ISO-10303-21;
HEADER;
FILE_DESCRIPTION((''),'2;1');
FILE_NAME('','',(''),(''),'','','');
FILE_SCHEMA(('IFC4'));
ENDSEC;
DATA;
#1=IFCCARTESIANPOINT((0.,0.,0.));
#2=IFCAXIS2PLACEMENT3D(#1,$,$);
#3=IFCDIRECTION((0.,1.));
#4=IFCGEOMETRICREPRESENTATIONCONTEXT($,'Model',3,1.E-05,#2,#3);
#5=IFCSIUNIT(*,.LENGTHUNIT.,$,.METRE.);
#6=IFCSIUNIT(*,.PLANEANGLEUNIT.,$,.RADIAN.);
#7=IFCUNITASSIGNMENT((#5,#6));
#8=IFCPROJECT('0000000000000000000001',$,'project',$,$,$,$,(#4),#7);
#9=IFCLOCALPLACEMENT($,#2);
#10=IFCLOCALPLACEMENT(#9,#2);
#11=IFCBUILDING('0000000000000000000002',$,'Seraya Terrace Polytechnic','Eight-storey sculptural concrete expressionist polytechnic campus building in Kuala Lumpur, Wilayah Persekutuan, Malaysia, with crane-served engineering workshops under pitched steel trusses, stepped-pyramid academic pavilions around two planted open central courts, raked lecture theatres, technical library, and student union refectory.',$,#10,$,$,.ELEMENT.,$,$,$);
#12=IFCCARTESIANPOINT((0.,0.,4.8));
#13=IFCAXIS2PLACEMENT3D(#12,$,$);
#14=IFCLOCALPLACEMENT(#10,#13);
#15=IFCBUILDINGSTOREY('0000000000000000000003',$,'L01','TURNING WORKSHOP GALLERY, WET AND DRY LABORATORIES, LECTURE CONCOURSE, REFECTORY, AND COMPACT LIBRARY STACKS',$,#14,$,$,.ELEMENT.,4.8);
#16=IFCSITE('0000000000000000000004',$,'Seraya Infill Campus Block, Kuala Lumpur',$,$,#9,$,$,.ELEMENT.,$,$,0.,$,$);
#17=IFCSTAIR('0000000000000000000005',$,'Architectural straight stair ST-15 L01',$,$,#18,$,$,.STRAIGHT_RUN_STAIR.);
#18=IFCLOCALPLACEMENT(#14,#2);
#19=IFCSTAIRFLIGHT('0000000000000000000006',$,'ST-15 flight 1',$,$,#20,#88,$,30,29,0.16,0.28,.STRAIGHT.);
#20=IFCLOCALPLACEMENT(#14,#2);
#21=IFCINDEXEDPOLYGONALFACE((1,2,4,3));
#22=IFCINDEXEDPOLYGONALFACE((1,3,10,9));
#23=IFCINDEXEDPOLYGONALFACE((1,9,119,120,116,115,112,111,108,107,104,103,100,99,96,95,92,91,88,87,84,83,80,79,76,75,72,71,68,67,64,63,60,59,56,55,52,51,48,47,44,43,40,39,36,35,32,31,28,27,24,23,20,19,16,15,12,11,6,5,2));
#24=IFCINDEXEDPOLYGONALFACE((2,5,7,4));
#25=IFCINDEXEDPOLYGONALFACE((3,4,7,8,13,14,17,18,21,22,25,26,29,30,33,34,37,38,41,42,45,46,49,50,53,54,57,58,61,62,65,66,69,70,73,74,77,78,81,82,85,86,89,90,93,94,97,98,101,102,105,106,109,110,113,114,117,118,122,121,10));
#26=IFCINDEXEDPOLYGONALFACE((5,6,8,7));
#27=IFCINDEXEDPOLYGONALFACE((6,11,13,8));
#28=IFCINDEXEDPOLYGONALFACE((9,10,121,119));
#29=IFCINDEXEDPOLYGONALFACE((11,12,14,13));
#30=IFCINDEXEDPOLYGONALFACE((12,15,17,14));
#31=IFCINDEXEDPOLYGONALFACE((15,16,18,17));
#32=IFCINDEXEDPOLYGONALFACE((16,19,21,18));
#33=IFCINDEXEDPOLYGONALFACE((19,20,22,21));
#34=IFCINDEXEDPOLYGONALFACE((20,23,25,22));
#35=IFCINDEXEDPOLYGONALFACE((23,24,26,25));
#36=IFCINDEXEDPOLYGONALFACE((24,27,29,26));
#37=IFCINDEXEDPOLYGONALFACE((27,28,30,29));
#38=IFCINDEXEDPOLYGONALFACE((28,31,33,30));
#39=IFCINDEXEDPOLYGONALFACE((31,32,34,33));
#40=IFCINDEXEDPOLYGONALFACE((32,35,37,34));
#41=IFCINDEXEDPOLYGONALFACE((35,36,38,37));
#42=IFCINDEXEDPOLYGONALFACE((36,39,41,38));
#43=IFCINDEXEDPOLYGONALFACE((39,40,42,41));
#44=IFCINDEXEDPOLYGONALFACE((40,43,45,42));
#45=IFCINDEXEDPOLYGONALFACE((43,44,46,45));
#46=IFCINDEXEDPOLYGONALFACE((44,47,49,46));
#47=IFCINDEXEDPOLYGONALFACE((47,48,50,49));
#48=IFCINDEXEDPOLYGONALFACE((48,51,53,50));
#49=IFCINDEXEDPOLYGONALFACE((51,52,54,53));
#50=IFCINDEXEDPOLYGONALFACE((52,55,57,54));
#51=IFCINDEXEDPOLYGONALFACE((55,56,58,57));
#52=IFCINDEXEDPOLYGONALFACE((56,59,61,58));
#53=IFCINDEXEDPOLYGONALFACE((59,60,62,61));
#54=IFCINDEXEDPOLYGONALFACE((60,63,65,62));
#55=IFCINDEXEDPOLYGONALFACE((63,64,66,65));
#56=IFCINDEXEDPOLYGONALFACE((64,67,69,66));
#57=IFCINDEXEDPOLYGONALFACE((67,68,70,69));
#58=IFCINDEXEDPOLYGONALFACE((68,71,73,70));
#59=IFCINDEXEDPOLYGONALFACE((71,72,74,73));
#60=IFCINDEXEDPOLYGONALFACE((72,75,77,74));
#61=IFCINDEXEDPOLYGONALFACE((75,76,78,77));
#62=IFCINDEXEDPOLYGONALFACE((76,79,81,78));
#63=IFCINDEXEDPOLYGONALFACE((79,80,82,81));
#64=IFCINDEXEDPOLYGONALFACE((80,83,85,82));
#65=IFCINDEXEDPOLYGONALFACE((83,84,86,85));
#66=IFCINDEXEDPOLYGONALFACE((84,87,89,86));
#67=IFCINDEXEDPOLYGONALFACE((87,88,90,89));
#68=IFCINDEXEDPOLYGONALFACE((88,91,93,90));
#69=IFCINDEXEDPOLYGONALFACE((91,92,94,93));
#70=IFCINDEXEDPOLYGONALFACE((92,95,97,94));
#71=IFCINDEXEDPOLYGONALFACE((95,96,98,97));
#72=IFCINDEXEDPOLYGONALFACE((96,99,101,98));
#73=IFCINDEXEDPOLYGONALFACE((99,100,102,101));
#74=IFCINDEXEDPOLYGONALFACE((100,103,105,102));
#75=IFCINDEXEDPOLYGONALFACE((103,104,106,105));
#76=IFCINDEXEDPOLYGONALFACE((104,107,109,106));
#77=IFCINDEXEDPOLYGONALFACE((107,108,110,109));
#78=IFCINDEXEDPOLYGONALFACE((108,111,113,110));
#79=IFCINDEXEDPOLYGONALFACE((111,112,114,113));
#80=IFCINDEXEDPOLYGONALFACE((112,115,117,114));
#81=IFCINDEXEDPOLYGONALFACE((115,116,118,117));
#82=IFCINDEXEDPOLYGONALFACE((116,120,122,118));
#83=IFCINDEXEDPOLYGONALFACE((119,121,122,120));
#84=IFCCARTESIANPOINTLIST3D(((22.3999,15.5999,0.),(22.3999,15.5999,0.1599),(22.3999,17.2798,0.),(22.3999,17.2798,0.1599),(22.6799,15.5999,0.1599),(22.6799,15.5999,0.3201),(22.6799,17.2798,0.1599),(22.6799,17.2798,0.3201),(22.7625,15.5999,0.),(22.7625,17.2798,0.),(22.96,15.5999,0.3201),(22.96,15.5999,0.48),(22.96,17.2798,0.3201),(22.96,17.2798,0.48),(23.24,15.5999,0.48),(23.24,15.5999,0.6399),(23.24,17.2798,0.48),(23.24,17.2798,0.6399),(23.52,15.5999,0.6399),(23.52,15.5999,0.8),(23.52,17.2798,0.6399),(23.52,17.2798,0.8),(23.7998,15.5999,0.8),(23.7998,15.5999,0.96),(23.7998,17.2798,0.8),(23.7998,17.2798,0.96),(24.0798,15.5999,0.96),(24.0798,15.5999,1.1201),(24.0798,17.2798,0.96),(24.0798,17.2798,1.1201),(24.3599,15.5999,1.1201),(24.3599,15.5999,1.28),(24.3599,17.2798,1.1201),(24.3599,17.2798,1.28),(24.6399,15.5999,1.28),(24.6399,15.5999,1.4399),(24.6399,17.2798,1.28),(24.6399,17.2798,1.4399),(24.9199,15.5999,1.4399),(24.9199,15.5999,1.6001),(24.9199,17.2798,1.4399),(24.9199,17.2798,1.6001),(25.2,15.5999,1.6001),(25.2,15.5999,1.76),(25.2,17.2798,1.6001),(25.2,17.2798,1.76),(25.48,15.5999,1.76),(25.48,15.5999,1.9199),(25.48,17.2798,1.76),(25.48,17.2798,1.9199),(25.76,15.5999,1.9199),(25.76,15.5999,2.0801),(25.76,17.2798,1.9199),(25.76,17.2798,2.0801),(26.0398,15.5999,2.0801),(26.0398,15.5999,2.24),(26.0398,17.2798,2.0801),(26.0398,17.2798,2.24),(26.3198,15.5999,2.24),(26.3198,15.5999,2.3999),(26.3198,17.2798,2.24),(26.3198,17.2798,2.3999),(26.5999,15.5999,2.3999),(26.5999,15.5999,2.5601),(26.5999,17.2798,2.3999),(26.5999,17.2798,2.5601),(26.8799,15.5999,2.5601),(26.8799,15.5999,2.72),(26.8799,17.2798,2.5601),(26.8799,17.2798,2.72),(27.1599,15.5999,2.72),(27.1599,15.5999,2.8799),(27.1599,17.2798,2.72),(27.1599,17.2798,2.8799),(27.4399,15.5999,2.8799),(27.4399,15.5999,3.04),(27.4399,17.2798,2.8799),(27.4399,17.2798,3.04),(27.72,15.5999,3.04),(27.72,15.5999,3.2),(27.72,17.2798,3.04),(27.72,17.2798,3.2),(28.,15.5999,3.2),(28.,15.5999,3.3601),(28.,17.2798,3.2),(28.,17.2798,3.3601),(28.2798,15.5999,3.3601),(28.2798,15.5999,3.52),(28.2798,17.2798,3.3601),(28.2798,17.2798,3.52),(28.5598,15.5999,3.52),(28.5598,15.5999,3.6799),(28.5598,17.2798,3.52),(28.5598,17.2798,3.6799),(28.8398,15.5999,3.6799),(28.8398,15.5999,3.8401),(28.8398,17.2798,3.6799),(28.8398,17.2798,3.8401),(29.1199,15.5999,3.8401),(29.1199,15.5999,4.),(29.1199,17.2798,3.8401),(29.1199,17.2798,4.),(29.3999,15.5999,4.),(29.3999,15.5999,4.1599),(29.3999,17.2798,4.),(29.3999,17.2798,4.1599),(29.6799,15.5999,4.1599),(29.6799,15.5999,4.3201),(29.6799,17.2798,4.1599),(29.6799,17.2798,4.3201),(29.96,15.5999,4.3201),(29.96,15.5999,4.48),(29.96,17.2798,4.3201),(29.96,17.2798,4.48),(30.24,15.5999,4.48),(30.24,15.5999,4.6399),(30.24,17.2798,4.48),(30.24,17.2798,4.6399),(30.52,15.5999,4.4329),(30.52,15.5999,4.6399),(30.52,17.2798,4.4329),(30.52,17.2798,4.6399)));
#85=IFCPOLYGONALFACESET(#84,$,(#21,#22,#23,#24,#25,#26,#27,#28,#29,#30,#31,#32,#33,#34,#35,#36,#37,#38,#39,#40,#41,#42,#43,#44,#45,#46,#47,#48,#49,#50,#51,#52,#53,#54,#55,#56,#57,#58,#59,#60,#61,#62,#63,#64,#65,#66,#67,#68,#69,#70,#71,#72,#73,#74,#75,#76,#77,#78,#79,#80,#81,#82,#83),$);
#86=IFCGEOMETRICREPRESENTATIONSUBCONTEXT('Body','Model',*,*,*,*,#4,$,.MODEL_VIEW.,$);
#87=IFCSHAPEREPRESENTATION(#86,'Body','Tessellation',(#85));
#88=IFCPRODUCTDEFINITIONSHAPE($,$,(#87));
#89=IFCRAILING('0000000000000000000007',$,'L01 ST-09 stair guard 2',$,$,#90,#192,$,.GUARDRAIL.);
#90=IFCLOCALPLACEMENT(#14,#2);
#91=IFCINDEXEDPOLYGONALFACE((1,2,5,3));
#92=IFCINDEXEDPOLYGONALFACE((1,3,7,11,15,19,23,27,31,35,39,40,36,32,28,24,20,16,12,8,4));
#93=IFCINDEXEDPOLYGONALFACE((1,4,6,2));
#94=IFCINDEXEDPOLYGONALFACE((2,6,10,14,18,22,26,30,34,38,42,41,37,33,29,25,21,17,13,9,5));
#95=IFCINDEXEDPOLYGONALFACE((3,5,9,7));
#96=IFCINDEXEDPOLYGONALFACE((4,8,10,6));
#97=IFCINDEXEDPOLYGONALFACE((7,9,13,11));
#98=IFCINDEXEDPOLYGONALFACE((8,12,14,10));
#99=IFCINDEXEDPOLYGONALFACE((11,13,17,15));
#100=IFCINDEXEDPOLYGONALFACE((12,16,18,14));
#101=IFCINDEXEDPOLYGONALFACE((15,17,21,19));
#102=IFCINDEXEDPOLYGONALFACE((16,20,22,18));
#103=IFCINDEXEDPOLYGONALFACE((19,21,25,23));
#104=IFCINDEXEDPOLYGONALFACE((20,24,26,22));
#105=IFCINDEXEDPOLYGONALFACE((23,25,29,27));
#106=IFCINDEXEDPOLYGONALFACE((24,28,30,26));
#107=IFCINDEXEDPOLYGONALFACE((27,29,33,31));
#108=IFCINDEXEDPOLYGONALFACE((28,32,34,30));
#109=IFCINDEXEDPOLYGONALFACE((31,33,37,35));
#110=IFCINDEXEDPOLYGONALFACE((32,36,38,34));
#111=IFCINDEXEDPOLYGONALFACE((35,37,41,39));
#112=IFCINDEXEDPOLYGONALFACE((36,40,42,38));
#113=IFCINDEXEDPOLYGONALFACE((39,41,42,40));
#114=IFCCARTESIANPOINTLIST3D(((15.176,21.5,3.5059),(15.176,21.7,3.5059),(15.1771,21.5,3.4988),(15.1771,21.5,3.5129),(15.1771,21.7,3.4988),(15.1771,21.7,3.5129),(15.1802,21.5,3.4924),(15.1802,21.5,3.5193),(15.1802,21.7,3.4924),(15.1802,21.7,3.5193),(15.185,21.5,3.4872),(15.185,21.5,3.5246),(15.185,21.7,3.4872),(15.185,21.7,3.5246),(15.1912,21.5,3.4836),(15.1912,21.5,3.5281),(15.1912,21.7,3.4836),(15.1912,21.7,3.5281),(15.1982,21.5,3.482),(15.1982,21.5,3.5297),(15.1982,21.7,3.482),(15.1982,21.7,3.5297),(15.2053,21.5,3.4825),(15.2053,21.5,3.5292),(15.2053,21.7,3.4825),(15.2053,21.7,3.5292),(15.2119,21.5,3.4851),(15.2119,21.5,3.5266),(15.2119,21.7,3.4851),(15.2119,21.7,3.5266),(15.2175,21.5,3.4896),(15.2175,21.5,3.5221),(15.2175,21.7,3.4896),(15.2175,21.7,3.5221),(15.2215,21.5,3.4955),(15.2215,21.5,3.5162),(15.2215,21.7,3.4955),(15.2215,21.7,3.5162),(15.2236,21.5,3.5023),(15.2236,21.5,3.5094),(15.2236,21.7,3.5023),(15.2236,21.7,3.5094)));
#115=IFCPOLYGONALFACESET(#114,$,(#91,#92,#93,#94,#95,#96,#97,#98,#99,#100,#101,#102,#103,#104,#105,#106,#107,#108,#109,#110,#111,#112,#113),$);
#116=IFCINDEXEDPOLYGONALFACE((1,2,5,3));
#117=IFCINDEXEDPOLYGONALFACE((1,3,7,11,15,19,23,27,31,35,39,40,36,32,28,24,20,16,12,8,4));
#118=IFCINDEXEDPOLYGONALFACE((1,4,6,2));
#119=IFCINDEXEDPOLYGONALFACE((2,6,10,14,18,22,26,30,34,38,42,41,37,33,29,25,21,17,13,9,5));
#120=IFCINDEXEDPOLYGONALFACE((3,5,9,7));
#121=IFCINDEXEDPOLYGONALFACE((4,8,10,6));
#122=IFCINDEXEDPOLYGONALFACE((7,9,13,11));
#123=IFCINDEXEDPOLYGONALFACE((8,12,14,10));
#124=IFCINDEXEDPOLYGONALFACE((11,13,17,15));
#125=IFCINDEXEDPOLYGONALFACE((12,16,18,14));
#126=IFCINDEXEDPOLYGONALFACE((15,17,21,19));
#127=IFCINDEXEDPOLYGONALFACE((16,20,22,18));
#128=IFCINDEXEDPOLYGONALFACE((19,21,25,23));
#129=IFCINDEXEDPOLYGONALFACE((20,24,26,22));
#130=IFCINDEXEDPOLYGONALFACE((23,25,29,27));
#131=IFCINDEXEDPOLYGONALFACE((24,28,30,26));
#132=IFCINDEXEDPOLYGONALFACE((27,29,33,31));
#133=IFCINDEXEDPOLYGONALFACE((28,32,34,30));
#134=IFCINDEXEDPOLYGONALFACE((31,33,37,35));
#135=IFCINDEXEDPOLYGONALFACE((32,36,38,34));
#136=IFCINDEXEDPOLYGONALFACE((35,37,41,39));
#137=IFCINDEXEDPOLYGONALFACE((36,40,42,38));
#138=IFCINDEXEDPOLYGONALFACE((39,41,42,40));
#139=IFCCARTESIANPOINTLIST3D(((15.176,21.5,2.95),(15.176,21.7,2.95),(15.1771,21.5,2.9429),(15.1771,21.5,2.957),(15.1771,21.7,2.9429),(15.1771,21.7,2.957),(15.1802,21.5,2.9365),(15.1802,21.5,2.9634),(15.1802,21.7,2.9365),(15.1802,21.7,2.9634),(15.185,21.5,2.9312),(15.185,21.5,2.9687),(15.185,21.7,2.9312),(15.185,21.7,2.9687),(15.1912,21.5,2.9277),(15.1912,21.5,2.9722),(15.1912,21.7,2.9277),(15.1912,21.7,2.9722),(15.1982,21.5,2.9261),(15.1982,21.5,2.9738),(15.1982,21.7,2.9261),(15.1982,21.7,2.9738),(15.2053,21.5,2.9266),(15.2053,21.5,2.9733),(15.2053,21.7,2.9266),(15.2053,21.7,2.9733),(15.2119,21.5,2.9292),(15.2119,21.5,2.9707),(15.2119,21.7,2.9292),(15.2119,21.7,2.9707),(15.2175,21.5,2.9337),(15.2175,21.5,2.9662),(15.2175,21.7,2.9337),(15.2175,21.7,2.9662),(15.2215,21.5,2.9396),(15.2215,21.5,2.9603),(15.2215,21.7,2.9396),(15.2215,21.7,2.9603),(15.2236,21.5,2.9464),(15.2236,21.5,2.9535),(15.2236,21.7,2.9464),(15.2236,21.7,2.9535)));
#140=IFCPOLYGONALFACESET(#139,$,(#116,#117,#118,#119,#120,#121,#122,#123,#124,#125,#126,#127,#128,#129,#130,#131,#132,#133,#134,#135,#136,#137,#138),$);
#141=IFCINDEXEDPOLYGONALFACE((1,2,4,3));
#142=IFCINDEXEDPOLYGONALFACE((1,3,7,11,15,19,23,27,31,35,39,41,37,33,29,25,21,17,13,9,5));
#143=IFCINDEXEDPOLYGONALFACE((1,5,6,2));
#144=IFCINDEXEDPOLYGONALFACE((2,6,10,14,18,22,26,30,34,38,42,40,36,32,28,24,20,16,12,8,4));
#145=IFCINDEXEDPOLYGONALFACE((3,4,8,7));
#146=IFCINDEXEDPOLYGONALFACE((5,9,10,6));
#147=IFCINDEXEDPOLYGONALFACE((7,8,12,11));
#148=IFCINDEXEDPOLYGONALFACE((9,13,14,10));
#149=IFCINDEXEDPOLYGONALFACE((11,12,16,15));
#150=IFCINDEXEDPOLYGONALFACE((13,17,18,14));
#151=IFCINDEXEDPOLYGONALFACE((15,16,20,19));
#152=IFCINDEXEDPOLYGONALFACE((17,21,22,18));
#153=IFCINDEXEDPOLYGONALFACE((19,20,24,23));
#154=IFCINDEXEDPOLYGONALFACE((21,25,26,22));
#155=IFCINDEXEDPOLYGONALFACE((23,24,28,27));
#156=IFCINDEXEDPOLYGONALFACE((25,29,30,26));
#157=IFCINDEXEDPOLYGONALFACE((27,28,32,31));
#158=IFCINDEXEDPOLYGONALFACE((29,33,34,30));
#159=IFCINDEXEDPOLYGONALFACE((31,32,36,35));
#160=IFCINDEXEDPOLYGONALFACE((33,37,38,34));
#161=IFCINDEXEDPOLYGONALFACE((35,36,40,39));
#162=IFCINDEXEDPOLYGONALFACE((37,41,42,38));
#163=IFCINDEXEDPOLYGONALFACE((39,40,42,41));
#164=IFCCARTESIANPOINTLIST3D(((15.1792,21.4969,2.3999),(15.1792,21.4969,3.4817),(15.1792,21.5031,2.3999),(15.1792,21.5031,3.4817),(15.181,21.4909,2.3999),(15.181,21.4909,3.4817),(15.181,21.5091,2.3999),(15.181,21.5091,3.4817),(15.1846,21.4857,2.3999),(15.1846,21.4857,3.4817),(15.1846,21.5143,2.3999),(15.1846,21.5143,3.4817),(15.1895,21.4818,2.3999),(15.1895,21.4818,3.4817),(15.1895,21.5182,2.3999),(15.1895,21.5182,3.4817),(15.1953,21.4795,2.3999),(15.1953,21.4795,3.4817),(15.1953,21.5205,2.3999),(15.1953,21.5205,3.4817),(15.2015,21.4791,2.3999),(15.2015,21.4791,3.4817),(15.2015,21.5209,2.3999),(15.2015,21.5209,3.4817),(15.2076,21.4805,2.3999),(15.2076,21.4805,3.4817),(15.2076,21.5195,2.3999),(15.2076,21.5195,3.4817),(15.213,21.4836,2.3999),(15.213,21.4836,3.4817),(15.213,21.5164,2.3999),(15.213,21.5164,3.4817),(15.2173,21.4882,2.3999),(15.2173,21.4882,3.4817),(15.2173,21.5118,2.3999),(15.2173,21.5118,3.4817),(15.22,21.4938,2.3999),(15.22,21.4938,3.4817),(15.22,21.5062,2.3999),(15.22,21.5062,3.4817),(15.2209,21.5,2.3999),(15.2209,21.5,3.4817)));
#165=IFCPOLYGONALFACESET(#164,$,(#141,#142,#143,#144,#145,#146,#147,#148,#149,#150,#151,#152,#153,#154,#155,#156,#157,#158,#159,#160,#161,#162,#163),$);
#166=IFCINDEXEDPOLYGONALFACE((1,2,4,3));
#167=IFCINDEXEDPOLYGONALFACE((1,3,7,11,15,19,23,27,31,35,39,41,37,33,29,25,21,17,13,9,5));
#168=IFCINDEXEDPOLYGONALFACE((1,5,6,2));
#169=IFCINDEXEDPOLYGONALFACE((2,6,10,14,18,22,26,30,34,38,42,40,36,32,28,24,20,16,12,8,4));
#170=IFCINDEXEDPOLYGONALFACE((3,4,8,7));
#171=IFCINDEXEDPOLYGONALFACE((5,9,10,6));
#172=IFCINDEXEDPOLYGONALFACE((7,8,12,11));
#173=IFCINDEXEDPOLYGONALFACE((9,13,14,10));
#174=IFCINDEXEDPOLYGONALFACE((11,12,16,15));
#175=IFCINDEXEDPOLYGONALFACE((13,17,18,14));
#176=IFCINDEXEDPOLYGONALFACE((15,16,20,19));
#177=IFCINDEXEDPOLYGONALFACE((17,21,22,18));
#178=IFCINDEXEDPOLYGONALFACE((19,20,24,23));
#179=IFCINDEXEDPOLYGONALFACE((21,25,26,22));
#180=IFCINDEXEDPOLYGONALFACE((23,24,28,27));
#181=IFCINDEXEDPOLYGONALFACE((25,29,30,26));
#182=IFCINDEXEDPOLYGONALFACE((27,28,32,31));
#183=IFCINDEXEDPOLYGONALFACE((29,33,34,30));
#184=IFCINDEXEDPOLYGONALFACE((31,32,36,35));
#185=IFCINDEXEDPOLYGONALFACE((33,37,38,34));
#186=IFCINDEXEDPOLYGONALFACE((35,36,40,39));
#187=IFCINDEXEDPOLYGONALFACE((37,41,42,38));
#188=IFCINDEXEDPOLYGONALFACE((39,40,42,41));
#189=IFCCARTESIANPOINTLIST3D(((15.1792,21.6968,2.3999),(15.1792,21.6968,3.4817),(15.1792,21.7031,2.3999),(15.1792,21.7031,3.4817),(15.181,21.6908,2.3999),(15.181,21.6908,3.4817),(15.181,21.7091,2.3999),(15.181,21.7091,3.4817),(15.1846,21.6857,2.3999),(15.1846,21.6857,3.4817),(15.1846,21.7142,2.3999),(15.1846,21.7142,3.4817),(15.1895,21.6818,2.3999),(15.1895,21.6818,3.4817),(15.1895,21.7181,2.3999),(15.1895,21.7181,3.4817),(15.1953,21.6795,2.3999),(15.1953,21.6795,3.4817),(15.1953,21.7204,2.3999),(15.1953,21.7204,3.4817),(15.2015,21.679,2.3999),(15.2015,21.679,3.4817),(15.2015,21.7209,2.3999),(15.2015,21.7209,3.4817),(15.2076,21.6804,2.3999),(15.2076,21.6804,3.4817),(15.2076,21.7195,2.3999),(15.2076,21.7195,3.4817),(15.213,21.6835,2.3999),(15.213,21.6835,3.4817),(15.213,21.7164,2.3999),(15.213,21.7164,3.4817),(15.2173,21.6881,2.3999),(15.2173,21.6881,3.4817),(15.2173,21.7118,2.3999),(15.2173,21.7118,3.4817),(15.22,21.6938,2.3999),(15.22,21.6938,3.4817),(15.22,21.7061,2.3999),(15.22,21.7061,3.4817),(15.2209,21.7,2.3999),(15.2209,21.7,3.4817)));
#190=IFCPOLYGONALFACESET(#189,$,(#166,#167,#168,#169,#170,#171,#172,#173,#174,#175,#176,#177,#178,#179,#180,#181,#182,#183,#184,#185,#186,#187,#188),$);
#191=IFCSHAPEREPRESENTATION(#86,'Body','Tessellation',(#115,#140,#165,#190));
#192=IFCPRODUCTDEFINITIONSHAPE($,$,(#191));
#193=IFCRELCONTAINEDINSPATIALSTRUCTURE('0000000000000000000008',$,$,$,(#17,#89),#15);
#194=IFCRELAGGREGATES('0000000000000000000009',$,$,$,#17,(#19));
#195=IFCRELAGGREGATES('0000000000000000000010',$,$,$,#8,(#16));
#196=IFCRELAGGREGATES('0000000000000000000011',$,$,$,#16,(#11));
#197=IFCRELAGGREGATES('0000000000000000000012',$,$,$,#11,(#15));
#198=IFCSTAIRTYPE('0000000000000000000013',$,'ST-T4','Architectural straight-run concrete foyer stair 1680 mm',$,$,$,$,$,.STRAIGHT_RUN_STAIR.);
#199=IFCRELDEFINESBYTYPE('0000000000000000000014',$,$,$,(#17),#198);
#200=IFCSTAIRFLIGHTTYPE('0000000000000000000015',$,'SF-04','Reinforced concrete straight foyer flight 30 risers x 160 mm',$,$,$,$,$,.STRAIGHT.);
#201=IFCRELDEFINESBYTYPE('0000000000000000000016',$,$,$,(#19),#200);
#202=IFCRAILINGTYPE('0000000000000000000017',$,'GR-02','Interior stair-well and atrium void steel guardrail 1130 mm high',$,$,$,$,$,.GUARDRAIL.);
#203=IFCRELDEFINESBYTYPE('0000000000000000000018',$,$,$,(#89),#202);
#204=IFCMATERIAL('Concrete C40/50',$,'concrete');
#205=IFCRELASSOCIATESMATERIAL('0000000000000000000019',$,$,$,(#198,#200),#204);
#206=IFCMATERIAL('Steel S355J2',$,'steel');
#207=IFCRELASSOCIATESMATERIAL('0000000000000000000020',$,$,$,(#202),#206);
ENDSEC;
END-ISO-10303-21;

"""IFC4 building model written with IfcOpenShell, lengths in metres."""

from ifc_helpers import new_model, si_unit, direction, frame, origin, origin_2d, place, context, subcontext, project, spatial, polyline, circle, outline, extrude, material, type_object, element, aggregate, save


model = new_model("IFC4")

# Units and contexts
model_context = context("Model", 3, precision=1e-05, world=origin(), true_north=direction((0.0, 1.0)))
body_context = subcontext(model_context, "Body", "Model", "MODEL_VIEW")
ifc_project = project(units=[si_unit("LENGTHUNIT", "METRE"), si_unit("PLANEANGLEUNIT", "RADIAN")], contexts=[model_context])

# Site, building, storey
site_placement = place(None, origin())
site = spatial("IfcSite", under=ifc_project, at=site_placement, Name="Seraya Infill Campus Block, Kuala Lumpur", CompositionType="ELEMENT", RefElevation=0.0)
building_placement = place(site_placement, origin())
building = spatial("IfcBuilding", under=site, at=building_placement, Name="Seraya Terrace Polytechnic", Description="Eight-storey sculptural concrete expressionist polytechnic campus building in Kuala Lumpur, Wilayah Persekutuan, Malaysia, with crane-served engineering workshops under pitched steel trusses, stepped-pyramid academic pavilions around two planted open central courts, raked lecture theatres, technical library, and student union refectory.", CompositionType="ELEMENT")
storey_placement = place(building_placement, frame((0.0, 0.0, 4.8)))
storey = spatial("IfcBuildingStorey", under=building, at=storey_placement, Name="L01", Description="TURNING WORKSHOP GALLERY, WET AND DRY LABORATORIES, LECTURE CONCOURSE, REFECTORY, AND COMPACT LIBRARY STACKS", CompositionType="ELEMENT", Elevation=4.8)

# Shared definitions
ifc_material_1 = material(Name="Concrete C40/50", Category="concrete")

# Stair, stair flight
stair_type_1 = type_object("IfcStairType", Name="ST-T4", Description="Architectural straight-run concrete foyer stair 1680 mm", PredefinedType="STRAIGHT_RUN_STAIR", material=ifc_material_1)
stair_1_placement = place(storey_placement, origin())
stair_1 = element("IfcStair", 1, at=stair_1_placement, inside=storey, type_object=stair_type_1, Name="Architectural straight stair ST-15 L01", PredefinedType="STRAIGHT_RUN_STAIR")
stair_flight_type_1 = type_object("IfcStairFlightType", Name="SF-04", Description="Reinforced concrete straight foyer flight 30 risers x 160 mm", PredefinedType="STRAIGHT", material=ifc_material_1)
stair_flight_1_placement = place(storey_placement, frame((22.3999, 16.4399, 0.0), z_axis=(0.0, 0.0, 1.0), x_axis=(1.0, 0.0, 0.0)))
stair_flight_1 = element("IfcStairFlight", 2, at=stair_flight_1_placement, type_object=stair_flight_type_1, Name="ST-15 flight 1", NumberOfRisers=30, NumberOfTreads=29, PredefinedType="STRAIGHT", RiserHeight=0.16, TreadLength=0.28, context=body_context, shape_type="SweptSolid", body=[
    extrude(outline(polyline([(0.0, 0.0), (0.0, 0.1599), (0.28, 0.1599), (0.28, 0.3201), (0.5601, 0.3201), (0.5601, 0.48), (0.8401, 0.48), (0.8401, 0.6399), (1.1201, 0.6399), (1.1201, 0.8), (1.3999, 0.8), (1.3999, 0.96), (1.6799, 0.96), (1.6799, 1.1201), (1.96, 1.1201), (1.96, 1.28), (2.24, 1.28), (2.24, 1.4399), (2.52, 1.4399), (2.52, 1.6001), (2.8, 1.6001), (2.8, 1.76), (3.0801, 1.76), (3.0801, 1.9199), (3.3601, 1.9199), (3.3601, 2.0801), (3.6399, 2.0801), (3.6399, 2.24), (3.9199, 2.24), (3.9199, 2.3999), (4.2, 2.3999), (4.2, 2.5601), (4.48, 2.5601), (4.48, 2.72), (4.76, 2.72), (4.76, 2.8799), (5.04, 2.8799), (5.04, 3.04), (5.3201, 3.04), (5.3201, 3.2), (5.6001, 3.2), (5.6001, 3.3601), (5.8799, 3.3601), (5.8799, 3.52), (6.1599, 3.52), (6.1599, 3.6799), (6.4399, 3.6799), (6.4399, 3.8401), (6.72, 3.8401), (6.72, 4.0), (7.0, 4.0), (7.0, 4.1599), (7.28, 4.1599), (7.28, 4.3201), (7.5601, 4.3201), (7.5601, 4.48), (7.8401, 4.48), (7.8401, 4.6399), (8.1201, 4.6399), (8.1201, 4.8), (8.1201, 4.4329), (0.3625, 0.0), (0.0, 0.0)])), frame((0.0, 0.8398, 0.0), z_axis=(0.0, -1.0, 0.0), x_axis=(1.0, 0.0, 0.0)), (0.0, 0.0, 1.0), 1.6799),
])
aggregate(stair_1, [stair_flight_1])

# Railing
ifc_material_2 = material(Name="Steel S355J2", Category="steel")
railing_type_1 = type_object("IfcRailingType", Name="GR-02", Description="Interior stair-well and atrium void steel guardrail 1130 mm high", PredefinedType="GUARDRAIL", material=ifc_material_2)
railing_1_placement = place(storey_placement, frame((15.2, 21.5, 2.3999)))
element("IfcRailing", 3, at=railing_1_placement, inside=storey, type_object=railing_type_1, Name="L01 ST-09 stair guard 2", PredefinedType="GUARDRAIL", context=body_context, shape_type="SweptSolid", body=[
    extrude(circle(Radius=0.0239, at=origin_2d()), frame((0.0, 0.0, 1.106), z_axis=(0.0, 1.0, 0.0), x_axis=(-1.0, 0.0, 0.0)), (0.0, 0.0, 1.0), 0.2),
    extrude(circle(Radius=0.0239, at=origin_2d()), frame((0.0, 0.0, 0.55), z_axis=(0.0, 1.0, 0.0), x_axis=(-1.0, 0.0, 0.0)), (0.0, 0.0, 1.0), 0.2),
    extrude(circle(Radius=0.021, at=origin_2d()), origin(), (0.0, 0.0, 1.0), 1.0818),
    extrude(circle(Radius=0.021, at=origin_2d()), frame((0.0, 0.2, 0.0)), (0.0, 0.0, 1.0), 1.0818),
])

save(model, "model.ifc")
